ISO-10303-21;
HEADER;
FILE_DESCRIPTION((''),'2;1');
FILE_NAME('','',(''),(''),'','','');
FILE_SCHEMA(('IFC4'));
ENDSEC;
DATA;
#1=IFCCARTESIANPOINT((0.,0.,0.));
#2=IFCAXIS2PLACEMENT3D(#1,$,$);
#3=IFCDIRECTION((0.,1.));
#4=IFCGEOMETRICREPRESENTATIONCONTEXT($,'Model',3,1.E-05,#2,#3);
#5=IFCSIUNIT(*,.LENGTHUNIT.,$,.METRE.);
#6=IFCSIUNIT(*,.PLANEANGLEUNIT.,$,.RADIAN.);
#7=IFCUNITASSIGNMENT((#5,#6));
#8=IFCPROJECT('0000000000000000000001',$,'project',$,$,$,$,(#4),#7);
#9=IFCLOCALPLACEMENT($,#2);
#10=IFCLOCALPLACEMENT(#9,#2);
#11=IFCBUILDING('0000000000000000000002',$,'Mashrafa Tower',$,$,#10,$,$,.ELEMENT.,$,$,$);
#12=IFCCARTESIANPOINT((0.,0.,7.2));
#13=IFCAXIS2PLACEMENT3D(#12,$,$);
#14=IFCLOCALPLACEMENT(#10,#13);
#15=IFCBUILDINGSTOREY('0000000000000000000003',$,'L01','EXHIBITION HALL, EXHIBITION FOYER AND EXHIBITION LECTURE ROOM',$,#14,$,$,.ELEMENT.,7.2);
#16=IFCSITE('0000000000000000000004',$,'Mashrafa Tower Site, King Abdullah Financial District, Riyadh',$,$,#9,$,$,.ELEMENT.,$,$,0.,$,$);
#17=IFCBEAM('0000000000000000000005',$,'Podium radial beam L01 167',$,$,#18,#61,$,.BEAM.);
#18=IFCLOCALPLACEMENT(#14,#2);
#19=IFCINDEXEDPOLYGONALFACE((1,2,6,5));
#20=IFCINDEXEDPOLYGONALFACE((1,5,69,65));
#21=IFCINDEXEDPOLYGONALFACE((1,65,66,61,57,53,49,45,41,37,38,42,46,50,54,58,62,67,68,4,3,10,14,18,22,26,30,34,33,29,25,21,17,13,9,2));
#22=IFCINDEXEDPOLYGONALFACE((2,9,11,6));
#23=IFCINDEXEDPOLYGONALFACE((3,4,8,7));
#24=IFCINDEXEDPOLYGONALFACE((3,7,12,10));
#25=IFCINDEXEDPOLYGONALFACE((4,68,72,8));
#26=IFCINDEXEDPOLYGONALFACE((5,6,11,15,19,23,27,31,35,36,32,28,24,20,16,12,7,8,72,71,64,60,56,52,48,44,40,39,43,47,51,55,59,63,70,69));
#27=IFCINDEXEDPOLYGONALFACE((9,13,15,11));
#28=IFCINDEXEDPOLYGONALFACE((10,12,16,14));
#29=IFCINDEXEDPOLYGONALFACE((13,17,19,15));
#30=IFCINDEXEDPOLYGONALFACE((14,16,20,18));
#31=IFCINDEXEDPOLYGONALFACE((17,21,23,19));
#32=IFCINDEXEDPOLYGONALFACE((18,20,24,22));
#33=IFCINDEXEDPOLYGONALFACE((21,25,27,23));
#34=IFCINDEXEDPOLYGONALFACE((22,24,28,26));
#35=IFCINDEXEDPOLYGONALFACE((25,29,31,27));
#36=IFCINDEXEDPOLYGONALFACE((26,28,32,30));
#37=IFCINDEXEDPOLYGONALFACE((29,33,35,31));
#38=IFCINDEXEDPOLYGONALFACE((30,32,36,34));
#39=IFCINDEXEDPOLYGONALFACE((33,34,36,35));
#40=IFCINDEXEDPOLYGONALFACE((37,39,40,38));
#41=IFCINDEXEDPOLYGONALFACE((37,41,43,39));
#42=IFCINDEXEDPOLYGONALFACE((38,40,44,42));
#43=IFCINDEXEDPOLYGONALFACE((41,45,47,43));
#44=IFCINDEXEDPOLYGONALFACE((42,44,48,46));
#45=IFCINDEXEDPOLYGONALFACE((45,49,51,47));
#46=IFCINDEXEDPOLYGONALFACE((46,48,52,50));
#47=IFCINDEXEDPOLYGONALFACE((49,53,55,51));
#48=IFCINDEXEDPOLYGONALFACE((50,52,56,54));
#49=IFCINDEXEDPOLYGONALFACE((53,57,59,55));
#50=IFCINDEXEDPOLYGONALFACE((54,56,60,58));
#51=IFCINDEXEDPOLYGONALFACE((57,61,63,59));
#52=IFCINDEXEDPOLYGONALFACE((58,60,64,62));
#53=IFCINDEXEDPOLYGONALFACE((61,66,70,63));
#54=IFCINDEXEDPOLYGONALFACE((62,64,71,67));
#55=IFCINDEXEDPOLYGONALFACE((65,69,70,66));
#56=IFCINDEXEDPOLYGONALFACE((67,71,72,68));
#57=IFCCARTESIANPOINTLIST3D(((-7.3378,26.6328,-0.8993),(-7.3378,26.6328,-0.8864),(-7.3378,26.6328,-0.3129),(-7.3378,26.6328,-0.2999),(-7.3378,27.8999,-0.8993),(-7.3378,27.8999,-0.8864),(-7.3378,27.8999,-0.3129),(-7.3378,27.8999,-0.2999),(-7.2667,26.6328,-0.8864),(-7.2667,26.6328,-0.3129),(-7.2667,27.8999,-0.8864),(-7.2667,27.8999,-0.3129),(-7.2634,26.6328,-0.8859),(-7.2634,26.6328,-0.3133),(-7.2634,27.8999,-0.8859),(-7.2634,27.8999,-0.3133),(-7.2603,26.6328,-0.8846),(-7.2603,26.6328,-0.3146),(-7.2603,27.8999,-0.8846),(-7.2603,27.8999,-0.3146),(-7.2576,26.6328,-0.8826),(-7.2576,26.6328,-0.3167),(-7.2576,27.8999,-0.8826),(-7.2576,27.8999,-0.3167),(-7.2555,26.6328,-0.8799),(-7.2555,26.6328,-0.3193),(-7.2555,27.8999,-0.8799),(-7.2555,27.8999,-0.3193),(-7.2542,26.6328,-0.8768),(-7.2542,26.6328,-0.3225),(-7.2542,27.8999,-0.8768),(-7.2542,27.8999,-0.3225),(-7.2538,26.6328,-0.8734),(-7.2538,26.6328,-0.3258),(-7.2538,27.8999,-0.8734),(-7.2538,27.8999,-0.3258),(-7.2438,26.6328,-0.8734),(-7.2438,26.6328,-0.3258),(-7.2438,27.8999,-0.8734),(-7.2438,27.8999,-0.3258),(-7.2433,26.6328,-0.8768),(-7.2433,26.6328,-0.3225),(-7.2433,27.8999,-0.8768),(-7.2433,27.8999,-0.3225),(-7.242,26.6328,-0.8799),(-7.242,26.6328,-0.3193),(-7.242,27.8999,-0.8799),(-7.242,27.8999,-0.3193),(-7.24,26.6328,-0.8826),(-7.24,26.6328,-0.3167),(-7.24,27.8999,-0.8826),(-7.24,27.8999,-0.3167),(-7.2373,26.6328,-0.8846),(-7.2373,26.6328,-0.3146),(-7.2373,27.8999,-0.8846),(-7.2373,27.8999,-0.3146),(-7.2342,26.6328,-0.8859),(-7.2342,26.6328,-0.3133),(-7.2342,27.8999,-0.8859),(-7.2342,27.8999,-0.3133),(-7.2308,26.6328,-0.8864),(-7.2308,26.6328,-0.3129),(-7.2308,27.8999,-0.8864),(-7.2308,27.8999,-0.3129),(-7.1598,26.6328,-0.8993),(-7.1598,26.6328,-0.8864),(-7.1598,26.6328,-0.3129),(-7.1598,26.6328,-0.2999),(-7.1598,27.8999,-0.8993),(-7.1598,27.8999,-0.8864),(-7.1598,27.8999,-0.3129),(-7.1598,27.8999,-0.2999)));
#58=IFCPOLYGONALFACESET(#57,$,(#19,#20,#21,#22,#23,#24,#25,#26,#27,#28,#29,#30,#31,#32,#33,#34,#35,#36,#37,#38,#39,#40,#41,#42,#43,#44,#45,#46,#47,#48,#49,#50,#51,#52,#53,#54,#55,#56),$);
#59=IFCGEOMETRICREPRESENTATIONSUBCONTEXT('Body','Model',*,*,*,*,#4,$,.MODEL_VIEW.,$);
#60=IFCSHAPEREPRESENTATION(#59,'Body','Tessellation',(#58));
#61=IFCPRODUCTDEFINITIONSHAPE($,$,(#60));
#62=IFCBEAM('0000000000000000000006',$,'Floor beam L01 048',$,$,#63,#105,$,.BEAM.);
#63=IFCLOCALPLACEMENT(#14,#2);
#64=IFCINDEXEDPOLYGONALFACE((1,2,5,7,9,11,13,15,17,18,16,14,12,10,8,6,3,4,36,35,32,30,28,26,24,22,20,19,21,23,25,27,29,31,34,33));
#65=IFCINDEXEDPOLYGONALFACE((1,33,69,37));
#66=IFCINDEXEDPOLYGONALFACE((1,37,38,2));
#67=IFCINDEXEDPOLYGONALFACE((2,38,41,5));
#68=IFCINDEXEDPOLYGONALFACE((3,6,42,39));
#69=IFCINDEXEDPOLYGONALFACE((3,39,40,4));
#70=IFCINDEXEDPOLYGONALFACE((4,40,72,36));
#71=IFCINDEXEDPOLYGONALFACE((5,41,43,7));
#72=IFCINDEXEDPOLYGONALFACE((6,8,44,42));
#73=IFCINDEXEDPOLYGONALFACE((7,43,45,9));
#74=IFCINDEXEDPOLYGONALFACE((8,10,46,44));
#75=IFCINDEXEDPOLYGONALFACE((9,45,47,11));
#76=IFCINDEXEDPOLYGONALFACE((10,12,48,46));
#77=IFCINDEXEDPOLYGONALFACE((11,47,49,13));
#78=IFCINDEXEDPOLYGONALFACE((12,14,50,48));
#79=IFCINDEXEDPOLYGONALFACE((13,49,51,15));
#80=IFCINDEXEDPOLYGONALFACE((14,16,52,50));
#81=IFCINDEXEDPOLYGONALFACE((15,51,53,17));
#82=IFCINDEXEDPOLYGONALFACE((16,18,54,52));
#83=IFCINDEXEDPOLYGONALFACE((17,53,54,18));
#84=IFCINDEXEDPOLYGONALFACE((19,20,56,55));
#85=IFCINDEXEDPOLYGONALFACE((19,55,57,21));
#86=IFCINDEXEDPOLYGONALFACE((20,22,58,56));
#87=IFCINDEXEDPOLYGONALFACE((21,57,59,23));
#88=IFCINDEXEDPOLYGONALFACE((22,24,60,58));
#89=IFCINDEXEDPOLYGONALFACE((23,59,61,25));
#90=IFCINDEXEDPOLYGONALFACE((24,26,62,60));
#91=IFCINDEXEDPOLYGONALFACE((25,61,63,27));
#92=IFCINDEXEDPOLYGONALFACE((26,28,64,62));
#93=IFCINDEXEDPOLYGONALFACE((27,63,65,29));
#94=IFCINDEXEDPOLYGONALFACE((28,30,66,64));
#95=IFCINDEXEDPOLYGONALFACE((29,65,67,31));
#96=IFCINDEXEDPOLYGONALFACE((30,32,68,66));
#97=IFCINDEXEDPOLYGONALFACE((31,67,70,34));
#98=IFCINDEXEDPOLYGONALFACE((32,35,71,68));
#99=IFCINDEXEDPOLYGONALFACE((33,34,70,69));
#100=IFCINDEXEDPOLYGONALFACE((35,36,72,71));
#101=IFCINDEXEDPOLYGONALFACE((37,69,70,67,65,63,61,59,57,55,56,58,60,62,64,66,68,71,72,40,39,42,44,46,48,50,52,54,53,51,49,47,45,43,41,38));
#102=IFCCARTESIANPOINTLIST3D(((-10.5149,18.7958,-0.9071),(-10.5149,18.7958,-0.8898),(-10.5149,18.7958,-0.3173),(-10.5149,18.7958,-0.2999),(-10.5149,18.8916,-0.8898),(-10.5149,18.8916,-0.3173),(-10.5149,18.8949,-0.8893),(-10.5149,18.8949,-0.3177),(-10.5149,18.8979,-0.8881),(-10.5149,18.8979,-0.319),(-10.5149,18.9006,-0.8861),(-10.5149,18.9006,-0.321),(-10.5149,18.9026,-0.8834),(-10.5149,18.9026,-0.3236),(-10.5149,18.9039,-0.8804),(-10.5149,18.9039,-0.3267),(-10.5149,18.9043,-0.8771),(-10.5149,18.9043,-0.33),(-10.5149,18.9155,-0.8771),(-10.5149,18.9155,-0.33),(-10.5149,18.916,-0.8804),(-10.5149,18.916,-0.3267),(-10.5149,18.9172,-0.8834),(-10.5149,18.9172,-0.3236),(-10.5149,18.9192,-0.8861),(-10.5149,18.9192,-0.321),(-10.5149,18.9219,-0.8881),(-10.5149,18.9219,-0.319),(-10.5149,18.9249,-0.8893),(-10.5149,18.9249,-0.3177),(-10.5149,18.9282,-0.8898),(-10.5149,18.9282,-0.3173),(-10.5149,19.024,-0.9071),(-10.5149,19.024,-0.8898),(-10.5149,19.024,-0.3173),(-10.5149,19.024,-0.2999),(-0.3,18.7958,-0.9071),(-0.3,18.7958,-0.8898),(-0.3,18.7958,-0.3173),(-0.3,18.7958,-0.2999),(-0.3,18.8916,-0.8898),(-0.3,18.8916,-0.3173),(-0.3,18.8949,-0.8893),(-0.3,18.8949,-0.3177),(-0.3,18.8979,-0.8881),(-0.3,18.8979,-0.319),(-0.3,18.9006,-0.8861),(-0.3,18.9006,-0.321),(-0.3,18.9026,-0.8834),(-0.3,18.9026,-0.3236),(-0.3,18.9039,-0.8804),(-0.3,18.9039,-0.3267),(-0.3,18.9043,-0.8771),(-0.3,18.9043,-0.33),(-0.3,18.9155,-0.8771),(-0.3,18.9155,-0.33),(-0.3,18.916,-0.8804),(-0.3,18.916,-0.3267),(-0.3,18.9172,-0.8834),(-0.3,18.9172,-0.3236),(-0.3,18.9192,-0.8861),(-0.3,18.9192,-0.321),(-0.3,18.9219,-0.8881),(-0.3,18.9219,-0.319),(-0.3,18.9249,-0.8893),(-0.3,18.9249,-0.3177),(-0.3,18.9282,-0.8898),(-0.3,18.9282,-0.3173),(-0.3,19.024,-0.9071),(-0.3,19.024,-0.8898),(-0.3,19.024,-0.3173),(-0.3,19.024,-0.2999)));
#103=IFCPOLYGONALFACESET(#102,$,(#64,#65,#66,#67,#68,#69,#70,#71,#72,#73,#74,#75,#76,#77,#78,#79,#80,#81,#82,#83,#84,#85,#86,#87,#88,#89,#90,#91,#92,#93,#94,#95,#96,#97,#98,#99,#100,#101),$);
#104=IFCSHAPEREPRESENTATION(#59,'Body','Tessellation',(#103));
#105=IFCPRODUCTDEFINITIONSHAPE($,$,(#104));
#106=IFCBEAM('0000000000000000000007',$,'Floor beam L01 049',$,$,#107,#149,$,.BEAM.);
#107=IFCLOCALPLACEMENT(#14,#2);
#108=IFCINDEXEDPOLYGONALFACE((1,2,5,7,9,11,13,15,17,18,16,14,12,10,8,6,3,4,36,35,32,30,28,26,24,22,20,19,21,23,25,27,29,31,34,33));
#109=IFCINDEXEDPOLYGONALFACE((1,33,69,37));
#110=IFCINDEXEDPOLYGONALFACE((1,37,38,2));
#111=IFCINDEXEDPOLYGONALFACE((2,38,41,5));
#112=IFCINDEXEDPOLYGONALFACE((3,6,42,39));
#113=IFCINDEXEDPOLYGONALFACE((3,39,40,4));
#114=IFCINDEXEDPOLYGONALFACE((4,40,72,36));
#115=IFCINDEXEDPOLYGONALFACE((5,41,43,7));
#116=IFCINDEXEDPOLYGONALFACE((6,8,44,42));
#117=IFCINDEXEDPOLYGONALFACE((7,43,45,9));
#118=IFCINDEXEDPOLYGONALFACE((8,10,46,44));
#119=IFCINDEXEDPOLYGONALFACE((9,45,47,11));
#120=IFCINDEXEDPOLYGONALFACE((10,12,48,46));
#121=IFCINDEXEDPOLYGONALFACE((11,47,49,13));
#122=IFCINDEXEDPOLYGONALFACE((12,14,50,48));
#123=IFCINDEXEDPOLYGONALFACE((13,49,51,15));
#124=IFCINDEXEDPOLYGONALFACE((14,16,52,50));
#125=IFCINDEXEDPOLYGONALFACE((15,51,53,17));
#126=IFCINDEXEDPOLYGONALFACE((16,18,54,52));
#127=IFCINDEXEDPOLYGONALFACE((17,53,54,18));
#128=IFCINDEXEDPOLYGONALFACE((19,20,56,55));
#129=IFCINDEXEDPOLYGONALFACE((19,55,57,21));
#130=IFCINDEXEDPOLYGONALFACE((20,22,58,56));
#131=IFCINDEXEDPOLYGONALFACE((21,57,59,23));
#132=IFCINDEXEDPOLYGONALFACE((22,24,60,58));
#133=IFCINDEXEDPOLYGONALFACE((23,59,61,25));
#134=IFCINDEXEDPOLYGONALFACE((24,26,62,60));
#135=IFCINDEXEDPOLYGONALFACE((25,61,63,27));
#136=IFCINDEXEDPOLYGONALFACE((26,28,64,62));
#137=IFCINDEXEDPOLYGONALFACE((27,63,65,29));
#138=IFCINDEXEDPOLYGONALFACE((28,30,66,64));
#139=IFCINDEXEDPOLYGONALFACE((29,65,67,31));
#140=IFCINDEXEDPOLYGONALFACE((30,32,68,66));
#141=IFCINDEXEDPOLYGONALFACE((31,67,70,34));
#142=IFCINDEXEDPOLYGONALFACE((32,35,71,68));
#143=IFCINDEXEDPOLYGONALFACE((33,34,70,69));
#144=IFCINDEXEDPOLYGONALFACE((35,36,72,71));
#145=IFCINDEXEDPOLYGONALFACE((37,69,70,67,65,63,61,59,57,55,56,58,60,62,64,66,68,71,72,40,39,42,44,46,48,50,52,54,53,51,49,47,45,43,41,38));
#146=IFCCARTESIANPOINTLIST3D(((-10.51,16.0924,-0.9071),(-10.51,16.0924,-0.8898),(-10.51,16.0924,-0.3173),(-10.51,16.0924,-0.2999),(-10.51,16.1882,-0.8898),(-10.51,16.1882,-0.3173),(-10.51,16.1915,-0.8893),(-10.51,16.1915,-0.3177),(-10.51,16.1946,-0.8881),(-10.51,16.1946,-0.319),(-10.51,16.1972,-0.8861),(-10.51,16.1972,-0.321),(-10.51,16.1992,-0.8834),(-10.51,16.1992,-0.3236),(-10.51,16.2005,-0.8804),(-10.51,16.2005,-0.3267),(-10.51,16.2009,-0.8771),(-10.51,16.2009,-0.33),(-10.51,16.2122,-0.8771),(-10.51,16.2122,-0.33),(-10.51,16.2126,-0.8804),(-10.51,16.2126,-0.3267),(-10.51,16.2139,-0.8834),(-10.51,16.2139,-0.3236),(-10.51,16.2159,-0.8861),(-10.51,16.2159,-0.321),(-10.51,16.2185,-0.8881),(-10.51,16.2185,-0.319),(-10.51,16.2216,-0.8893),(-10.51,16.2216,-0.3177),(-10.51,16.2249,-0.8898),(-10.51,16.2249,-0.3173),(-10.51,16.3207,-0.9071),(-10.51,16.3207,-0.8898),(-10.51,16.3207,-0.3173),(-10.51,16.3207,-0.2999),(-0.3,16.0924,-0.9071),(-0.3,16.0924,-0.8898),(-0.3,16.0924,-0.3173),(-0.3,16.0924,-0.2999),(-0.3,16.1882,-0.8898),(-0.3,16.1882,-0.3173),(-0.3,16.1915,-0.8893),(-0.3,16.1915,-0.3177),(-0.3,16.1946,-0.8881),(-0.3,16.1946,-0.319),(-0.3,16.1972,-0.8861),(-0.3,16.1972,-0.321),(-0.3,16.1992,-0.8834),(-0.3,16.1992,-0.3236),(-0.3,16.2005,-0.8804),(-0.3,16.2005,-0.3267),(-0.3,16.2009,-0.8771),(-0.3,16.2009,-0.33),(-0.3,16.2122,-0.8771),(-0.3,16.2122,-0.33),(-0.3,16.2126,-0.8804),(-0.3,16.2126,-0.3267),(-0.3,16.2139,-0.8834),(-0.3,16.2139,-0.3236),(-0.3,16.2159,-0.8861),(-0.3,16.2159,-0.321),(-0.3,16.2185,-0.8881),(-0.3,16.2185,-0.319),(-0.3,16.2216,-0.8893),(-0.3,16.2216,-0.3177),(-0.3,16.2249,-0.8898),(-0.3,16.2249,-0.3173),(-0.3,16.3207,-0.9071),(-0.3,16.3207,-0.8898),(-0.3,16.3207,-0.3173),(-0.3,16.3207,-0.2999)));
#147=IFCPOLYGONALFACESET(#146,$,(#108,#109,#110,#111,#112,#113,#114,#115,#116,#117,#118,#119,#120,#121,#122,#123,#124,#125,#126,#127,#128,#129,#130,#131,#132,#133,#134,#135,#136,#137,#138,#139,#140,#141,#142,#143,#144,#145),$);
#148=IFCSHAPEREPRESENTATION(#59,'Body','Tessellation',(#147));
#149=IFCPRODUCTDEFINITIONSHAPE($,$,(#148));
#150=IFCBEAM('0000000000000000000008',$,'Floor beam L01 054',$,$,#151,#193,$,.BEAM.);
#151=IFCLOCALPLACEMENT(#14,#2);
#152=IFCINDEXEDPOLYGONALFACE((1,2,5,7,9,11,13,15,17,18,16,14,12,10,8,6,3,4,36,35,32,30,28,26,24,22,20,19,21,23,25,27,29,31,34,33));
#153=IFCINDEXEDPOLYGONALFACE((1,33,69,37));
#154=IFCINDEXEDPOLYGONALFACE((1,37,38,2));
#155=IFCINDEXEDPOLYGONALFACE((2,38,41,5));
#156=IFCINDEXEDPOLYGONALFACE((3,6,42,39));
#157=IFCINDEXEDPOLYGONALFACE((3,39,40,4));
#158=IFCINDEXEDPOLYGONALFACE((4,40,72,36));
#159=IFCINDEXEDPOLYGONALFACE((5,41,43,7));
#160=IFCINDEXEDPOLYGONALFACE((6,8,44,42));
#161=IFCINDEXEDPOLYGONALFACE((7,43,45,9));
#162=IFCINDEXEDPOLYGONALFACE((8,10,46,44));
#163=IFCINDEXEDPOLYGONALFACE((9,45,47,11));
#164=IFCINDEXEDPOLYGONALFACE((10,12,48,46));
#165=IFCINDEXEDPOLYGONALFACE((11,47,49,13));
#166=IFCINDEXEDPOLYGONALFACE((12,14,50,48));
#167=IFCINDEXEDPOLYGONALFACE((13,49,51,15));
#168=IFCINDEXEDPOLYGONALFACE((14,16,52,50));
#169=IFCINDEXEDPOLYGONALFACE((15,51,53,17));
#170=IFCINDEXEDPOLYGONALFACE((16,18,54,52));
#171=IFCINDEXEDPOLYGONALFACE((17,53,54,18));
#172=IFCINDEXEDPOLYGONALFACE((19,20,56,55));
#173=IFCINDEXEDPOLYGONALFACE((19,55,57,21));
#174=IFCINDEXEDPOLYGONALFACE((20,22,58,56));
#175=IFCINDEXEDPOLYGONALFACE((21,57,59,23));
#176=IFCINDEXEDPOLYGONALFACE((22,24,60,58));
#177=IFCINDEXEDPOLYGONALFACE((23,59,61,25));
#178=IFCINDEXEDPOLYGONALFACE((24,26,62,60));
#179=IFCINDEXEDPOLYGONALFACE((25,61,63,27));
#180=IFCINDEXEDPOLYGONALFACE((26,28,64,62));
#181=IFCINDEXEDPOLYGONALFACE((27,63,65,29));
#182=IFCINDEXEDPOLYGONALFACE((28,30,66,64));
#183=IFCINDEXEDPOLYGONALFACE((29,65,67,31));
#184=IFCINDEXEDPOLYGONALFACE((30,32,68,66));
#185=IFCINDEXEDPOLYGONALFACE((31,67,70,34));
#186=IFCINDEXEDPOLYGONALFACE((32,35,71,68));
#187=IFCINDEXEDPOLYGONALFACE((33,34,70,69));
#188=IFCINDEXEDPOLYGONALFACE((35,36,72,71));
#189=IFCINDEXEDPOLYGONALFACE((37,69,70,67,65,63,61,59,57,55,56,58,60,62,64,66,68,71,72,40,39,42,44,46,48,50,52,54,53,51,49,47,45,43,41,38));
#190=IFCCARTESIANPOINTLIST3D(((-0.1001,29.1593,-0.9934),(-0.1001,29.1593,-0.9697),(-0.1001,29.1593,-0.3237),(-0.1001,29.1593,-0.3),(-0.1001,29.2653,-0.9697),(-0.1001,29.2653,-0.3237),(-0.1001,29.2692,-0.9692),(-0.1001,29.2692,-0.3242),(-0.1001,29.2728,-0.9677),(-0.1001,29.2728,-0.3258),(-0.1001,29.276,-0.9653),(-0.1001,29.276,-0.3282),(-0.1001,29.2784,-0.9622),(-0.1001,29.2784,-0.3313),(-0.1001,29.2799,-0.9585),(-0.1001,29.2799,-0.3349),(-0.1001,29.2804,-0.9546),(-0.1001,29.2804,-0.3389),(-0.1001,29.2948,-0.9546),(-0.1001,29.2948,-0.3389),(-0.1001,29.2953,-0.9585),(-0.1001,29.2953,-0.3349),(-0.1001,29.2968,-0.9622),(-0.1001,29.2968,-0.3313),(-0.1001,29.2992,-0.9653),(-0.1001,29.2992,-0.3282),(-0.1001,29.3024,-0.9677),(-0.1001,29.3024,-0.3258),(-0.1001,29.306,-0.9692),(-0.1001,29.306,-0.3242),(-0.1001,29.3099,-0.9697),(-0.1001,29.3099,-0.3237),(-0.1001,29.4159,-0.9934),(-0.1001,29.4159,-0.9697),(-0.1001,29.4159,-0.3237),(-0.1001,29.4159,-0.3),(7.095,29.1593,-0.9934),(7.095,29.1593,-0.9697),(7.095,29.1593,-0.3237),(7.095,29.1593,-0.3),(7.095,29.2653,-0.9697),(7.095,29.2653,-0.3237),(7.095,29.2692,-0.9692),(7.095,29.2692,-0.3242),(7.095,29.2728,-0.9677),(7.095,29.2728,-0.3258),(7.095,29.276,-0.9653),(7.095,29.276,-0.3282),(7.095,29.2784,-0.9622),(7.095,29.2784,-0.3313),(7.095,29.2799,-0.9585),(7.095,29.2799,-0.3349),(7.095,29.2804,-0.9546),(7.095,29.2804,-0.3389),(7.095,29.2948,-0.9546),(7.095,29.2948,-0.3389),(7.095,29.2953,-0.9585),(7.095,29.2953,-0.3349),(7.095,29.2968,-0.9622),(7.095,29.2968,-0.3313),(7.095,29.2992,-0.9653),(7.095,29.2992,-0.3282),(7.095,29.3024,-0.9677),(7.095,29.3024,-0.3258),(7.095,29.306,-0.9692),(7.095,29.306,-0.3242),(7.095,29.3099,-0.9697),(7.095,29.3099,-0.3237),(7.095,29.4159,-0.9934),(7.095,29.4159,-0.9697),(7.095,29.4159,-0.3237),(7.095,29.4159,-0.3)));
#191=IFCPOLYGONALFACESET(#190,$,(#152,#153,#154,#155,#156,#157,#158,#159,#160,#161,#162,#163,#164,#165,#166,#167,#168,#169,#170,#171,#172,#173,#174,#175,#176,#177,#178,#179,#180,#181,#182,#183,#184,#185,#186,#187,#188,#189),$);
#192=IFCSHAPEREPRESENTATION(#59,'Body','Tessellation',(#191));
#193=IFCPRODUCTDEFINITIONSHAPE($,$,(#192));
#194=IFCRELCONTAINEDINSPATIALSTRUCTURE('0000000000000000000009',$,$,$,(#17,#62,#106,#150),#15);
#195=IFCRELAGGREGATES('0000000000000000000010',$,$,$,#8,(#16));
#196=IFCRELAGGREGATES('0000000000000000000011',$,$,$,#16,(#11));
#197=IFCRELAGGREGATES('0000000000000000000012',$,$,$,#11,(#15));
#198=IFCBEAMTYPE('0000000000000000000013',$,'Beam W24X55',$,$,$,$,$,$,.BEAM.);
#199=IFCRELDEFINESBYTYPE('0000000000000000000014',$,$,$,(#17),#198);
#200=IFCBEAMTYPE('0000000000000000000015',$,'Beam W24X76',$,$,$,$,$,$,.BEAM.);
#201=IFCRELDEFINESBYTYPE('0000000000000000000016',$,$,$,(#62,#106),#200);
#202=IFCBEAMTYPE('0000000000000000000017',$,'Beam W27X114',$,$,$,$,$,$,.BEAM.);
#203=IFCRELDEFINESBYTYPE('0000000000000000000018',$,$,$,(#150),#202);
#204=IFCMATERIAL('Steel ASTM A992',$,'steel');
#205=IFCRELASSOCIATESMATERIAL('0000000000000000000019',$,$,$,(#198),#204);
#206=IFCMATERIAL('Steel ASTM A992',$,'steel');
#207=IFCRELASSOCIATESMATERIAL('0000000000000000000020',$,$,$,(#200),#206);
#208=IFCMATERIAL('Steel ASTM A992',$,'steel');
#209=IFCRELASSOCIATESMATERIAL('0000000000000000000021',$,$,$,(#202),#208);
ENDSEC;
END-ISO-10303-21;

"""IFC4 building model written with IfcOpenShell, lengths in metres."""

from ifc_helpers import new_model, si_unit, direction, frame, origin, origin_2d, place, context, subcontext, project, spatial, i_section, extrude, material, material_profile, profile_set, type_object, element, save


model = new_model("IFC4")

# Units and contexts
model_context = context("Model", 3, precision=1e-05, world=origin(), true_north=direction((0.0, 1.0)))
body_context = subcontext(model_context, "Body", "Model", "MODEL_VIEW")
ifc_project = project(units=[si_unit("LENGTHUNIT", "METRE"), si_unit("PLANEANGLEUNIT", "RADIAN")], contexts=[model_context])

# Site, building, storey
site_placement = place(None, origin())
site = spatial("IfcSite", under=ifc_project, at=site_placement, Name="Mashrafa Tower Site, King Abdullah Financial District, Riyadh", CompositionType="ELEMENT", RefElevation=0.0)
building_placement = place(site_placement, origin())
building = spatial("IfcBuilding", under=site, at=building_placement, Name="Mashrafa Tower", CompositionType="ELEMENT")
storey_placement = place(building_placement, frame((0.0, 0.0, 7.2)))
storey = spatial("IfcBuildingStorey", under=building, at=storey_placement, Name="L01", Description="EXHIBITION HALL, EXHIBITION FOYER AND EXHIBITION LECTURE ROOM", CompositionType="ELEMENT", Elevation=7.2)

# Beams
ifc_material_1 = material(Name="Steel ASTM A992", Category="steel")
ifc_material_profile_1 = material_profile(ifc_material_1, i_section(OverallWidth=0.178, OverallDepth=0.5994, WebThickness=0.01, FlangeThickness=0.0129, FilletRadius=0.0129, at=origin_2d()), Name="W24X55")
ifc_profile_set_1 = profile_set([ifc_material_profile_1], Name="Steel ASTM A992")
beam_type_1 = type_object("IfcBeamType", Name="Beam W24X55", PredefinedType="BEAM", material=ifc_profile_set_1)
beam_1_placement = place(storey_placement, frame((-7.2488, 26.6328, -0.5996), z_axis=(0.0, 1.0, 0.0), x_axis=(-1.0, 0.0, 0.0)))
element("IfcBeam", 1, at=beam_1_placement, inside=storey, type_object=beam_type_1, Name="Podium radial beam L01 167", PredefinedType="BEAM", context=body_context, shape_type="SweptSolid", body=[
    extrude(i_section(OverallWidth=0.178, OverallDepth=0.5994, WebThickness=0.01, FlangeThickness=0.0129, FilletRadius=0.0129, at=origin_2d()), origin(), (0.0, 0.0, 1.0), 1.2671),
])
ifc_material_2 = material(Name="Steel ASTM A992", Category="steel")
ifc_material_profile_2 = material_profile(ifc_material_2, i_section(OverallWidth=0.2283, OverallDepth=0.6072, WebThickness=0.0112, FlangeThickness=0.0173, FilletRadius=0.0127, at=origin_2d()), Name="W24X76")
ifc_profile_set_2 = profile_set([ifc_material_profile_2], Name="Steel ASTM A992")
beam_type_2 = type_object("IfcBeamType", Name="Beam W24X76", PredefinedType="BEAM", material=ifc_profile_set_2)
beam_2_placement = place(storey_placement, frame((-10.5149, 18.9099, -0.6035), z_axis=(1.0, 0.0, 0.0), x_axis=(0.0, 1.0, 0.0)))
element("IfcBeam", 2, at=beam_2_placement, inside=storey, type_object=beam_type_2, Name="Floor beam L01 048", PredefinedType="BEAM", context=body_context, shape_type="SweptSolid", body=[
    extrude(i_section(OverallWidth=0.2283, OverallDepth=0.6072, WebThickness=0.0112, FlangeThickness=0.0173, FilletRadius=0.0127, at=origin_2d()), origin(), (0.0, 0.0, 1.0), 10.2148),
])
beam_3_placement = place(storey_placement, frame((-10.51, 16.2065, -0.6035), z_axis=(1.0, 0.0, 0.0), x_axis=(0.0, 1.0, 0.0)))
element("IfcBeam", 3, at=beam_3_placement, inside=storey, type_object=beam_type_2, Name="Floor beam L01 049", PredefinedType="BEAM", context=body_context, shape_type="SweptSolid", body=[
    extrude(i_section(OverallWidth=0.2283, OverallDepth=0.6072, WebThickness=0.0112, FlangeThickness=0.0173, FilletRadius=0.0127, at=origin_2d()), origin(), (0.0, 0.0, 1.0), 10.21),
])
ifc_material_3 = material(Name="Steel ASTM A992", Category="steel")
ifc_material_profile_3 = material_profile(ifc_material_3, i_section(OverallWidth=0.2566, OverallDepth=0.6934, WebThickness=0.0144, FlangeThickness=0.0237, FilletRadius=0.0151, at=origin_2d()), Name="W27X114")
ifc_profile_set_3 = profile_set([ifc_material_profile_3], Name="Steel ASTM A992")
beam_type_3 = type_object("IfcBeamType", Name="Beam W27X114", PredefinedType="BEAM", material=ifc_profile_set_3)
beam_4_placement = place(storey_placement, frame((-0.1001, 29.2876, -0.6467), z_axis=(1.0, 0.0, 0.0), x_axis=(0.0, 1.0, 0.0)))
element("IfcBeam", 4, at=beam_4_placement, inside=storey, type_object=beam_type_3, Name="Floor beam L01 054", PredefinedType="BEAM", context=body_context, shape_type="SweptSolid", body=[
    extrude(i_section(OverallWidth=0.2566, OverallDepth=0.6934, WebThickness=0.0144, FlangeThickness=0.0237, FilletRadius=0.0151, at=origin_2d()), origin(), (0.0, 0.0, 1.0), 7.1951),
])

save(model, "model.ifc")
